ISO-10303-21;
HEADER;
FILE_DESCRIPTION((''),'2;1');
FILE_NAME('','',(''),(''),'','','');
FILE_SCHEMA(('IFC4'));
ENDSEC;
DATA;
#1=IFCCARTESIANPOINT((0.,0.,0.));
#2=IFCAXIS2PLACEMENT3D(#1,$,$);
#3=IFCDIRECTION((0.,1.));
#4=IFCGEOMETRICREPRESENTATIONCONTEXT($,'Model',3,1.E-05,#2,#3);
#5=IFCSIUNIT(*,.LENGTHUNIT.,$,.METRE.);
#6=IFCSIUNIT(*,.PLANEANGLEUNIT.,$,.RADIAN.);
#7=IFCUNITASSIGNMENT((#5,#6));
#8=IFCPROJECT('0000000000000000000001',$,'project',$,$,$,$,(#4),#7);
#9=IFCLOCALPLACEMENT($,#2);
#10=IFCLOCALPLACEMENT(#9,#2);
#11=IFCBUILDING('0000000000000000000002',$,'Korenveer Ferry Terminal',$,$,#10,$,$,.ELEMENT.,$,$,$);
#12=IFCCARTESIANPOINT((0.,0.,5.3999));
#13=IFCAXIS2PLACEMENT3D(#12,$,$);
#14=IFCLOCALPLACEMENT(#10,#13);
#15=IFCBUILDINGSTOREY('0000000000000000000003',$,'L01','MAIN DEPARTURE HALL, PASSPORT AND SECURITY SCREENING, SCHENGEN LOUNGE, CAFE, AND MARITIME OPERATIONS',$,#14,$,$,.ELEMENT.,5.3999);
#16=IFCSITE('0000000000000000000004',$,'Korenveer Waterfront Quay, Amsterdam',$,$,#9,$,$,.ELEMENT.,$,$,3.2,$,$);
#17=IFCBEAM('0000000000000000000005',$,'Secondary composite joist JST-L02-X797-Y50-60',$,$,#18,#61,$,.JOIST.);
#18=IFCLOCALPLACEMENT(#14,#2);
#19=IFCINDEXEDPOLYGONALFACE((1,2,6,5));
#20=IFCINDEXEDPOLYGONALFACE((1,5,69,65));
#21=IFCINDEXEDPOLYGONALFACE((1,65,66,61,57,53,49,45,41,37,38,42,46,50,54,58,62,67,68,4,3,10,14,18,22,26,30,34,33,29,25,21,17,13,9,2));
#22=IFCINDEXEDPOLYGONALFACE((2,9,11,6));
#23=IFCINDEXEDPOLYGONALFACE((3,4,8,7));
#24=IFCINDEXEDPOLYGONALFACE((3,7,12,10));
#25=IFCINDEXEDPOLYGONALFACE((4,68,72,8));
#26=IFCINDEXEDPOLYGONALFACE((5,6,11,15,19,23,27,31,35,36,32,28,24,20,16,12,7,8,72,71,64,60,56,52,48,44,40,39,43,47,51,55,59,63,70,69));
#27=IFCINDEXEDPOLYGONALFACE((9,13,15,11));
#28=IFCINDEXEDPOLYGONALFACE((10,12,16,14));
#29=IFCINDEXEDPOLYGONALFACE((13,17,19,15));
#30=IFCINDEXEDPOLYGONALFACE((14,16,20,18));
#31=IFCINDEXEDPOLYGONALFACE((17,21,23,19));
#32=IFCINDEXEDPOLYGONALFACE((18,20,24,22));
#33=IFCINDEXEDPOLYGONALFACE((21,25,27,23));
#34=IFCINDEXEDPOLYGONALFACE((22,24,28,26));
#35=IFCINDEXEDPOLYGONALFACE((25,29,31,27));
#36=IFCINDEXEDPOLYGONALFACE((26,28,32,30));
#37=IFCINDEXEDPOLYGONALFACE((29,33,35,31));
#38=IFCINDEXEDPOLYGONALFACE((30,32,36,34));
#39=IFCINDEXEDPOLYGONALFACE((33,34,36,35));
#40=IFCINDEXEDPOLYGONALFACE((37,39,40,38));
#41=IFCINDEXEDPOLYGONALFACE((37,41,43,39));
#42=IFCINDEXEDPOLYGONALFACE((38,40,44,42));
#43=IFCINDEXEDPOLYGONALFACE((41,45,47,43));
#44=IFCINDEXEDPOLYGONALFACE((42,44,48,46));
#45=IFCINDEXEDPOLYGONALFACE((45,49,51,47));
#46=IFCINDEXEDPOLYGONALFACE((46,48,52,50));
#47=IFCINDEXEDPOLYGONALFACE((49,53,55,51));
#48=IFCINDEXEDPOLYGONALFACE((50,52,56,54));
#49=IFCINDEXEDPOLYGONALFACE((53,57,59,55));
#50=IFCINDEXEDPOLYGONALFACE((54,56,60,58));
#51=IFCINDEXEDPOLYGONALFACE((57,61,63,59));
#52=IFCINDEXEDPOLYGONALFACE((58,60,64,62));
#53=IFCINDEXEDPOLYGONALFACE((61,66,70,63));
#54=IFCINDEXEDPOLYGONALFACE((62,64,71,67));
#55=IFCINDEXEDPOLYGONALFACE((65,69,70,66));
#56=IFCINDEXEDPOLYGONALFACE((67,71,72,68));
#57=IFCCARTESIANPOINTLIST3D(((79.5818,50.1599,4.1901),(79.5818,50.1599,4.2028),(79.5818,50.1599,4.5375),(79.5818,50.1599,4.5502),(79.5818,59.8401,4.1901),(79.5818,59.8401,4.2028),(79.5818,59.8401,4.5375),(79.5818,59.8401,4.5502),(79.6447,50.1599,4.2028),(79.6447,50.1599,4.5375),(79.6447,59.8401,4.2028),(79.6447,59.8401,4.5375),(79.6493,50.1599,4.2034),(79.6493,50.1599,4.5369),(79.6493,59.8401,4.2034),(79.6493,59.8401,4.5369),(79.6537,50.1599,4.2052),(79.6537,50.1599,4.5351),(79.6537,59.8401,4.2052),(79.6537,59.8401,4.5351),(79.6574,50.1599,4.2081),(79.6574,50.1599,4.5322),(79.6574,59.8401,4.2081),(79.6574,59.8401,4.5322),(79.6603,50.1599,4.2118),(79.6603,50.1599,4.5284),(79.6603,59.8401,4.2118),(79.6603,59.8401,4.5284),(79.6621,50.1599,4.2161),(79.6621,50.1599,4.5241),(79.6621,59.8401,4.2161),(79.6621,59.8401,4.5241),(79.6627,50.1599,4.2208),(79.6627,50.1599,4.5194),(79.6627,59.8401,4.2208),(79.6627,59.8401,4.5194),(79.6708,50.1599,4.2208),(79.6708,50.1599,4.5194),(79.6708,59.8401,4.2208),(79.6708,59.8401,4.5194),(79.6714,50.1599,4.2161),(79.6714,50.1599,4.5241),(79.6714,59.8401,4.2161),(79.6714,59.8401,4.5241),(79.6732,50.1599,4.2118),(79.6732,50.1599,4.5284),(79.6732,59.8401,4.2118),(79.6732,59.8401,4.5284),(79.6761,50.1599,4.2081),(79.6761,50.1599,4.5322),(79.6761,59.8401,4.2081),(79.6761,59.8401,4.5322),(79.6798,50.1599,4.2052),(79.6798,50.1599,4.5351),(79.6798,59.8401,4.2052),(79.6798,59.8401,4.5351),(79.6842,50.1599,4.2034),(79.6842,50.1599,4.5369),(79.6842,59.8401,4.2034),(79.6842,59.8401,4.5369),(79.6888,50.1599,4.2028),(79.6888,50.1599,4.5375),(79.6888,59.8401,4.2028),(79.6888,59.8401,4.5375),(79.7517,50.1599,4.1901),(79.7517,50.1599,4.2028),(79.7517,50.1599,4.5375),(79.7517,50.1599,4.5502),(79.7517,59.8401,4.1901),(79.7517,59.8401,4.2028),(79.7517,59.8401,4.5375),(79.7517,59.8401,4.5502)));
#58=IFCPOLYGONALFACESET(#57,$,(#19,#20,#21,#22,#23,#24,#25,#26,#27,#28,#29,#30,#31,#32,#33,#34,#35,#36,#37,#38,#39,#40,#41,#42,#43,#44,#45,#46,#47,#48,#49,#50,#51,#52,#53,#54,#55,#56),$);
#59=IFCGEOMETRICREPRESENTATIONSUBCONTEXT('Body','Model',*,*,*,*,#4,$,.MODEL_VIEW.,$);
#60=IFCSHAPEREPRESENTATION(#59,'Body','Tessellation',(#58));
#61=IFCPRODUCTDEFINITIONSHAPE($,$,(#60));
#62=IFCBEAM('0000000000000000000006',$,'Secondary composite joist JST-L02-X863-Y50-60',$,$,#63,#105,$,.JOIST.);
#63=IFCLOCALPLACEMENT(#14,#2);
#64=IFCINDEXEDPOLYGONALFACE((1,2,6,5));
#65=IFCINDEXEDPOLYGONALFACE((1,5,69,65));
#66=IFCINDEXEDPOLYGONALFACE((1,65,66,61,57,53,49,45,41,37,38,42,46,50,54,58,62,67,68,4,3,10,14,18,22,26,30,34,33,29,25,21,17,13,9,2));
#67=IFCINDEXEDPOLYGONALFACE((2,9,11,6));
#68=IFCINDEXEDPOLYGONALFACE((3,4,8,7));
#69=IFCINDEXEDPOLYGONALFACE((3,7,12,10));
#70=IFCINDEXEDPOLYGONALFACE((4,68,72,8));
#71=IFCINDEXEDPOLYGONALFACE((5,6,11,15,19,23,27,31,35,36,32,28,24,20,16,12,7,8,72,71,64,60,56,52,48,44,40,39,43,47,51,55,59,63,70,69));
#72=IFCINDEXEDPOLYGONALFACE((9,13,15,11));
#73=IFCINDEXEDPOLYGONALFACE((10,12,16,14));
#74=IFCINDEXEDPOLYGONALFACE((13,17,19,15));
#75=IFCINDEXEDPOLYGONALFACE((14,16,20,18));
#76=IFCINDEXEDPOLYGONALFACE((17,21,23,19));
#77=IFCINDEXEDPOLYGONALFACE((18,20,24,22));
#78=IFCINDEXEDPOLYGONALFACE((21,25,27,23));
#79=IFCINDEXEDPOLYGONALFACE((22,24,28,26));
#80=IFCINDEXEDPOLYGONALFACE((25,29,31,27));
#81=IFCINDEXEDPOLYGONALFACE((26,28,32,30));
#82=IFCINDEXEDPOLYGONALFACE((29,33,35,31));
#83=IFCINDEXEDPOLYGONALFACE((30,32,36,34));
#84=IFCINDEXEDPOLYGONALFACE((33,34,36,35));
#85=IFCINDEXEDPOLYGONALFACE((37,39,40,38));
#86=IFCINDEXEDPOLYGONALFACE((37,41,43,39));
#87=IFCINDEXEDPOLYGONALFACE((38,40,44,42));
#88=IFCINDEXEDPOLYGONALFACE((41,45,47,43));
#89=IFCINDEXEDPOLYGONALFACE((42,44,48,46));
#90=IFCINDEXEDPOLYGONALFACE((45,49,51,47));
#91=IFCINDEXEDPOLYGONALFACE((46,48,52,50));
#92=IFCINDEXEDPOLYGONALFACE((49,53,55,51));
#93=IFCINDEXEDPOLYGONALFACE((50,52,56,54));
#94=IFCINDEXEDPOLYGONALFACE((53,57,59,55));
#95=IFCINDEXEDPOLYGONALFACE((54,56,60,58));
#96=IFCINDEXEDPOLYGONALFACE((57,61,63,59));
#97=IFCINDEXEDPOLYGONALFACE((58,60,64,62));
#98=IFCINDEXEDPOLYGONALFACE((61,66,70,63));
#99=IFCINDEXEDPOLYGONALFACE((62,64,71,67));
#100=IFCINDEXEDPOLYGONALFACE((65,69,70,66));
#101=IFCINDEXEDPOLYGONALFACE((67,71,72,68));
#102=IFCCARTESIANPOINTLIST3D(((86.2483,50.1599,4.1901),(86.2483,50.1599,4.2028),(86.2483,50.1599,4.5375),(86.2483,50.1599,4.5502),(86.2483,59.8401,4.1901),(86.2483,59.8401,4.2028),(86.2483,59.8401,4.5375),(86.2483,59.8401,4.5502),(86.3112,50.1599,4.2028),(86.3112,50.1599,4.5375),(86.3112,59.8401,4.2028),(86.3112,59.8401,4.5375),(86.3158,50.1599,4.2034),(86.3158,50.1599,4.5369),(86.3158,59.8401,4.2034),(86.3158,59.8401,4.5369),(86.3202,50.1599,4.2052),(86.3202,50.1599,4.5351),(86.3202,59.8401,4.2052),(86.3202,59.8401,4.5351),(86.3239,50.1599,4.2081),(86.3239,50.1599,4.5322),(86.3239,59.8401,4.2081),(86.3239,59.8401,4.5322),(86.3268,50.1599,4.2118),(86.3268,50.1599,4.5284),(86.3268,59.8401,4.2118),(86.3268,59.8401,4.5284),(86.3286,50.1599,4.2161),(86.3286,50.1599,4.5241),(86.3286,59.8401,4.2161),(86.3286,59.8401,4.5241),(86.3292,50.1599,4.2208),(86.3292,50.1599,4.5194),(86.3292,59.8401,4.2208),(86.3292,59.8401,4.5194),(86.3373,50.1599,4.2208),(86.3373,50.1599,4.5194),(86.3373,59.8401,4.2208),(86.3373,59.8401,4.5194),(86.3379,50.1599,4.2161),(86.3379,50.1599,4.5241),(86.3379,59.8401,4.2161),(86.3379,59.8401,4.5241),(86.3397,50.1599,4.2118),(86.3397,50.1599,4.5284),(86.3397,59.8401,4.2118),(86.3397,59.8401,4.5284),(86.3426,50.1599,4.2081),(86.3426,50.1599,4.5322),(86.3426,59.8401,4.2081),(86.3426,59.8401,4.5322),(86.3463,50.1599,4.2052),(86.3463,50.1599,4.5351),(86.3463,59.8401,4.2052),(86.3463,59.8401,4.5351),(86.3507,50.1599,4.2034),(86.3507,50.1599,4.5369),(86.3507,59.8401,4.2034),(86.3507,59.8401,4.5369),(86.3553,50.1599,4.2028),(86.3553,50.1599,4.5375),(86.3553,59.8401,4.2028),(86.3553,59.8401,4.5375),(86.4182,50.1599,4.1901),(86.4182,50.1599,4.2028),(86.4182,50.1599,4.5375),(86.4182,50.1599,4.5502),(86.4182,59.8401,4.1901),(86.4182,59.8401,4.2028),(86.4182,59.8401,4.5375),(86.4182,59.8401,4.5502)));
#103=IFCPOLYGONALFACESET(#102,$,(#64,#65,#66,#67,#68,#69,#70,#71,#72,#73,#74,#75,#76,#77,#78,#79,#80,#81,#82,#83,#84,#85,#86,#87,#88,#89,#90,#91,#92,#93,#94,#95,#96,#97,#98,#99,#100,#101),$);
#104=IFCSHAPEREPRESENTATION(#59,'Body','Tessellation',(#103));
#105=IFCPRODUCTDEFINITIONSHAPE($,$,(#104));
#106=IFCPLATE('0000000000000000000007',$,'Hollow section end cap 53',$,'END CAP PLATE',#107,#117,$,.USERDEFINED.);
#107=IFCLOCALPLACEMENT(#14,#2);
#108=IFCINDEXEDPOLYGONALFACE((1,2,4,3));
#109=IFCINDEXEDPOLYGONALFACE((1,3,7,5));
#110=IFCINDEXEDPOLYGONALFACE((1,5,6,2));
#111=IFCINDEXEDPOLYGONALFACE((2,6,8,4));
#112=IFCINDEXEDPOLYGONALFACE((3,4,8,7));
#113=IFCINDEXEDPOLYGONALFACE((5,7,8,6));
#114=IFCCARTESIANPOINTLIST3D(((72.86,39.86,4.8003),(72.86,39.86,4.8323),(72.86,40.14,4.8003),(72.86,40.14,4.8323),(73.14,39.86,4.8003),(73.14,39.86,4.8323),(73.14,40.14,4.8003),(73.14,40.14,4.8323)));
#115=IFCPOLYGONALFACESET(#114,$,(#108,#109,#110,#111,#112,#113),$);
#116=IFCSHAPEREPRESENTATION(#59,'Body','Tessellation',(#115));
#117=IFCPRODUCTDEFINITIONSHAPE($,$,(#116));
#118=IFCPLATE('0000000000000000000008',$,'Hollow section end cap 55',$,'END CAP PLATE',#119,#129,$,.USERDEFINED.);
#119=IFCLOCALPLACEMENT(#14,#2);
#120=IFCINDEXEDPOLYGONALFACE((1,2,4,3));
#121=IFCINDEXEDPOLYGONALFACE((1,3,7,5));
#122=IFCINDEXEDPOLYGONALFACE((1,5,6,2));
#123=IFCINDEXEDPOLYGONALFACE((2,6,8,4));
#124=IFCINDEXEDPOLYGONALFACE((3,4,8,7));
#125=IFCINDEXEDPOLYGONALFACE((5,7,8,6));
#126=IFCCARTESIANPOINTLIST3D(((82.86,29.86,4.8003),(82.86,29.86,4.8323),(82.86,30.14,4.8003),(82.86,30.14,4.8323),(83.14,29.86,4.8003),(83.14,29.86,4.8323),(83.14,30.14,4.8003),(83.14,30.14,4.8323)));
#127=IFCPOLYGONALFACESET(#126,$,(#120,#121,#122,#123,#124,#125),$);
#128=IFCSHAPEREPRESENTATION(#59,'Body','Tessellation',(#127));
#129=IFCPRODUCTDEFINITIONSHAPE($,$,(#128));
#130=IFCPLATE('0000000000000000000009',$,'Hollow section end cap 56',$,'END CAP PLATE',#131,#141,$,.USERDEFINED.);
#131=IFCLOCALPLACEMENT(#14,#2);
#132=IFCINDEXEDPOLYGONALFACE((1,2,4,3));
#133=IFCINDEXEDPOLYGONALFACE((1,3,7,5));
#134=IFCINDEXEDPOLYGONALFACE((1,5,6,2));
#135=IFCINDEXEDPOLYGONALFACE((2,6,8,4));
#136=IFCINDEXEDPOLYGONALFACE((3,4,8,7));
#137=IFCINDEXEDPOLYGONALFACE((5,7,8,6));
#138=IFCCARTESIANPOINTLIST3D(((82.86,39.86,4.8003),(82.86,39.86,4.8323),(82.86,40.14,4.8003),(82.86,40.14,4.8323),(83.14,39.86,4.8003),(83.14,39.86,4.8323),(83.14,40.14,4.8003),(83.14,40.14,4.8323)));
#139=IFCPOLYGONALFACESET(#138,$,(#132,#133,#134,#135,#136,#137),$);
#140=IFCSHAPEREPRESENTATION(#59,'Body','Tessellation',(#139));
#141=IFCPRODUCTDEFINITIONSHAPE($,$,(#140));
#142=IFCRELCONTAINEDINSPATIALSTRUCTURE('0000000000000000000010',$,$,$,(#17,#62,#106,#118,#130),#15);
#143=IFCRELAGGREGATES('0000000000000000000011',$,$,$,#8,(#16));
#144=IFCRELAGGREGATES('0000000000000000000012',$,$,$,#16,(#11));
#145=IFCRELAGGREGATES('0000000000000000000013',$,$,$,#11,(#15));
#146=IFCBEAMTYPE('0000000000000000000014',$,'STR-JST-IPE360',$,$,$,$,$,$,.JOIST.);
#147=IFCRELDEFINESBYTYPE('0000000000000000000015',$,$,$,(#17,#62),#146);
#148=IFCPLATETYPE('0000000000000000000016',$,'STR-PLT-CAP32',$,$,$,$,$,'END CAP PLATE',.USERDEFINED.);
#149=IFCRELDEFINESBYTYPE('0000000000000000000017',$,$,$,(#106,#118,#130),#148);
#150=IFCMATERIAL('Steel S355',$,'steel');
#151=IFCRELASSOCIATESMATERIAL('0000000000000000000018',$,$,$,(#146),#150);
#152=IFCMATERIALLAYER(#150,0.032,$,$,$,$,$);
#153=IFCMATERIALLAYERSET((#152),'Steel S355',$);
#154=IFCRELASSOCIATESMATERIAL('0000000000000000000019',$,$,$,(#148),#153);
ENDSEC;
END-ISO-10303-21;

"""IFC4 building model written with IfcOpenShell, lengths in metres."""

from ifc_helpers import new_model, si_unit, direction, frame, origin, origin_2d, place, context, subcontext, project, spatial, rectangle, i_section, extrude, material, layer, layer_set, material_profile, profile_set, type_object, element, save


model = new_model("IFC4")

# Units and contexts
model_context = context("Model", 3, precision=1e-05, world=origin(), true_north=direction((0.0, 1.0)))
body_context = subcontext(model_context, "Body", "Model", "MODEL_VIEW")
ifc_project = project(units=[si_unit("LENGTHUNIT", "METRE"), si_unit("PLANEANGLEUNIT", "RADIAN")], contexts=[model_context])

# Site, building, storey
site_placement = place(None, origin())
site = spatial("IfcSite", under=ifc_project, at=site_placement, Name="Korenveer Waterfront Quay, Amsterdam", CompositionType="ELEMENT", RefElevation=3.2)
building_placement = place(site_placement, origin())
building = spatial("IfcBuilding", under=site, at=building_placement, Name="Korenveer Ferry Terminal", CompositionType="ELEMENT")
storey_placement = place(building_placement, frame((0.0, 0.0, 5.3999)))
storey = spatial("IfcBuildingStorey", under=building, at=storey_placement, Name="L01", Description="MAIN DEPARTURE HALL, PASSPORT AND SECURITY SCREENING, SCHENGEN LOUNGE, CAFE, AND MARITIME OPERATIONS", CompositionType="ELEMENT", Elevation=5.3999)

# Shared definitions
ifc_material = material(Name="Steel S355", Category="steel")

# Beams
ifc_material_profile_1 = material_profile(ifc_material, i_section(OverallWidth=0.1699, OverallDepth=0.3601, WebThickness=0.0081, FlangeThickness=0.0127, FilletRadius=0.0181, at=origin_2d()), Name="IPE 360")
ifc_profile_set_1 = profile_set([ifc_material_profile_1], Name="Steel S355")
beam_type_1 = type_object("IfcBeamType", Name="STR-JST-IPE360", PredefinedType="JOIST", material=ifc_profile_set_1)
for number, where, z_axis, x_axis, name in (
    (1, (79.6667, 50.1599, 4.3701), (0.0, 1.0, 0.0), (-1.0, 0.0, 0.0), "Secondary composite joist JST-L02-X797-Y50-60"),
    (2, (86.3333, 50.1599, 4.3701), (0.0, 1.0, 0.0), (-1.0, 0.0, 0.0), "Secondary composite joist JST-L02-X863-Y50-60"),
):
    element("IfcBeam", number, at=place(storey_placement, frame(where, z_axis=z_axis, x_axis=x_axis)), inside=storey, type_object=beam_type_1, Name=name, PredefinedType="JOIST", context=body_context, shape_type="SweptSolid", body=[
        extrude(i_section(OverallWidth=0.1699, OverallDepth=0.3601, WebThickness=0.0081, FlangeThickness=0.0127, FilletRadius=0.0181, at=origin_2d()), origin(), (0.0, 0.0, 1.0), 9.6802),
    ])

# Plates
ifc_layer = layer(ifc_material, 0.032)
ifc_layer_set = layer_set([ifc_layer], Name="Steel S355")
plate_type = type_object("IfcPlateType", Name="STR-PLT-CAP32", ElementType="END CAP PLATE", PredefinedType="USERDEFINED", material=ifc_layer_set)
for number, where, z_axis, x_axis, name in (
    (3, (73.0, 40.0, 4.8003), (0.0, 0.0, 1.0), (1.0, 0.0, 0.0), "Hollow section end cap 53"),
    (4, (83.0, 30.0, 4.8003), (0.0, 0.0, 1.0), (1.0, 0.0, 0.0), "Hollow section end cap 55"),
    (5, (83.0, 40.0, 4.8003), (0.0, 0.0, 1.0), (1.0, 0.0, 0.0), "Hollow section end cap 56"),
):
    element("IfcPlate", number, at=place(storey_placement, frame(where, z_axis=z_axis, x_axis=x_axis)), inside=storey, type_object=plate_type, Name=name, ObjectType="END CAP PLATE", PredefinedType="USERDEFINED", context=body_context, shape_type="SweptSolid", body=[
        extrude(rectangle(XDim=0.28, YDim=0.28, at=origin_2d()), origin(), (0.0, 0.0, 1.0), 0.032),
    ])

save(model, "model.ifc")
